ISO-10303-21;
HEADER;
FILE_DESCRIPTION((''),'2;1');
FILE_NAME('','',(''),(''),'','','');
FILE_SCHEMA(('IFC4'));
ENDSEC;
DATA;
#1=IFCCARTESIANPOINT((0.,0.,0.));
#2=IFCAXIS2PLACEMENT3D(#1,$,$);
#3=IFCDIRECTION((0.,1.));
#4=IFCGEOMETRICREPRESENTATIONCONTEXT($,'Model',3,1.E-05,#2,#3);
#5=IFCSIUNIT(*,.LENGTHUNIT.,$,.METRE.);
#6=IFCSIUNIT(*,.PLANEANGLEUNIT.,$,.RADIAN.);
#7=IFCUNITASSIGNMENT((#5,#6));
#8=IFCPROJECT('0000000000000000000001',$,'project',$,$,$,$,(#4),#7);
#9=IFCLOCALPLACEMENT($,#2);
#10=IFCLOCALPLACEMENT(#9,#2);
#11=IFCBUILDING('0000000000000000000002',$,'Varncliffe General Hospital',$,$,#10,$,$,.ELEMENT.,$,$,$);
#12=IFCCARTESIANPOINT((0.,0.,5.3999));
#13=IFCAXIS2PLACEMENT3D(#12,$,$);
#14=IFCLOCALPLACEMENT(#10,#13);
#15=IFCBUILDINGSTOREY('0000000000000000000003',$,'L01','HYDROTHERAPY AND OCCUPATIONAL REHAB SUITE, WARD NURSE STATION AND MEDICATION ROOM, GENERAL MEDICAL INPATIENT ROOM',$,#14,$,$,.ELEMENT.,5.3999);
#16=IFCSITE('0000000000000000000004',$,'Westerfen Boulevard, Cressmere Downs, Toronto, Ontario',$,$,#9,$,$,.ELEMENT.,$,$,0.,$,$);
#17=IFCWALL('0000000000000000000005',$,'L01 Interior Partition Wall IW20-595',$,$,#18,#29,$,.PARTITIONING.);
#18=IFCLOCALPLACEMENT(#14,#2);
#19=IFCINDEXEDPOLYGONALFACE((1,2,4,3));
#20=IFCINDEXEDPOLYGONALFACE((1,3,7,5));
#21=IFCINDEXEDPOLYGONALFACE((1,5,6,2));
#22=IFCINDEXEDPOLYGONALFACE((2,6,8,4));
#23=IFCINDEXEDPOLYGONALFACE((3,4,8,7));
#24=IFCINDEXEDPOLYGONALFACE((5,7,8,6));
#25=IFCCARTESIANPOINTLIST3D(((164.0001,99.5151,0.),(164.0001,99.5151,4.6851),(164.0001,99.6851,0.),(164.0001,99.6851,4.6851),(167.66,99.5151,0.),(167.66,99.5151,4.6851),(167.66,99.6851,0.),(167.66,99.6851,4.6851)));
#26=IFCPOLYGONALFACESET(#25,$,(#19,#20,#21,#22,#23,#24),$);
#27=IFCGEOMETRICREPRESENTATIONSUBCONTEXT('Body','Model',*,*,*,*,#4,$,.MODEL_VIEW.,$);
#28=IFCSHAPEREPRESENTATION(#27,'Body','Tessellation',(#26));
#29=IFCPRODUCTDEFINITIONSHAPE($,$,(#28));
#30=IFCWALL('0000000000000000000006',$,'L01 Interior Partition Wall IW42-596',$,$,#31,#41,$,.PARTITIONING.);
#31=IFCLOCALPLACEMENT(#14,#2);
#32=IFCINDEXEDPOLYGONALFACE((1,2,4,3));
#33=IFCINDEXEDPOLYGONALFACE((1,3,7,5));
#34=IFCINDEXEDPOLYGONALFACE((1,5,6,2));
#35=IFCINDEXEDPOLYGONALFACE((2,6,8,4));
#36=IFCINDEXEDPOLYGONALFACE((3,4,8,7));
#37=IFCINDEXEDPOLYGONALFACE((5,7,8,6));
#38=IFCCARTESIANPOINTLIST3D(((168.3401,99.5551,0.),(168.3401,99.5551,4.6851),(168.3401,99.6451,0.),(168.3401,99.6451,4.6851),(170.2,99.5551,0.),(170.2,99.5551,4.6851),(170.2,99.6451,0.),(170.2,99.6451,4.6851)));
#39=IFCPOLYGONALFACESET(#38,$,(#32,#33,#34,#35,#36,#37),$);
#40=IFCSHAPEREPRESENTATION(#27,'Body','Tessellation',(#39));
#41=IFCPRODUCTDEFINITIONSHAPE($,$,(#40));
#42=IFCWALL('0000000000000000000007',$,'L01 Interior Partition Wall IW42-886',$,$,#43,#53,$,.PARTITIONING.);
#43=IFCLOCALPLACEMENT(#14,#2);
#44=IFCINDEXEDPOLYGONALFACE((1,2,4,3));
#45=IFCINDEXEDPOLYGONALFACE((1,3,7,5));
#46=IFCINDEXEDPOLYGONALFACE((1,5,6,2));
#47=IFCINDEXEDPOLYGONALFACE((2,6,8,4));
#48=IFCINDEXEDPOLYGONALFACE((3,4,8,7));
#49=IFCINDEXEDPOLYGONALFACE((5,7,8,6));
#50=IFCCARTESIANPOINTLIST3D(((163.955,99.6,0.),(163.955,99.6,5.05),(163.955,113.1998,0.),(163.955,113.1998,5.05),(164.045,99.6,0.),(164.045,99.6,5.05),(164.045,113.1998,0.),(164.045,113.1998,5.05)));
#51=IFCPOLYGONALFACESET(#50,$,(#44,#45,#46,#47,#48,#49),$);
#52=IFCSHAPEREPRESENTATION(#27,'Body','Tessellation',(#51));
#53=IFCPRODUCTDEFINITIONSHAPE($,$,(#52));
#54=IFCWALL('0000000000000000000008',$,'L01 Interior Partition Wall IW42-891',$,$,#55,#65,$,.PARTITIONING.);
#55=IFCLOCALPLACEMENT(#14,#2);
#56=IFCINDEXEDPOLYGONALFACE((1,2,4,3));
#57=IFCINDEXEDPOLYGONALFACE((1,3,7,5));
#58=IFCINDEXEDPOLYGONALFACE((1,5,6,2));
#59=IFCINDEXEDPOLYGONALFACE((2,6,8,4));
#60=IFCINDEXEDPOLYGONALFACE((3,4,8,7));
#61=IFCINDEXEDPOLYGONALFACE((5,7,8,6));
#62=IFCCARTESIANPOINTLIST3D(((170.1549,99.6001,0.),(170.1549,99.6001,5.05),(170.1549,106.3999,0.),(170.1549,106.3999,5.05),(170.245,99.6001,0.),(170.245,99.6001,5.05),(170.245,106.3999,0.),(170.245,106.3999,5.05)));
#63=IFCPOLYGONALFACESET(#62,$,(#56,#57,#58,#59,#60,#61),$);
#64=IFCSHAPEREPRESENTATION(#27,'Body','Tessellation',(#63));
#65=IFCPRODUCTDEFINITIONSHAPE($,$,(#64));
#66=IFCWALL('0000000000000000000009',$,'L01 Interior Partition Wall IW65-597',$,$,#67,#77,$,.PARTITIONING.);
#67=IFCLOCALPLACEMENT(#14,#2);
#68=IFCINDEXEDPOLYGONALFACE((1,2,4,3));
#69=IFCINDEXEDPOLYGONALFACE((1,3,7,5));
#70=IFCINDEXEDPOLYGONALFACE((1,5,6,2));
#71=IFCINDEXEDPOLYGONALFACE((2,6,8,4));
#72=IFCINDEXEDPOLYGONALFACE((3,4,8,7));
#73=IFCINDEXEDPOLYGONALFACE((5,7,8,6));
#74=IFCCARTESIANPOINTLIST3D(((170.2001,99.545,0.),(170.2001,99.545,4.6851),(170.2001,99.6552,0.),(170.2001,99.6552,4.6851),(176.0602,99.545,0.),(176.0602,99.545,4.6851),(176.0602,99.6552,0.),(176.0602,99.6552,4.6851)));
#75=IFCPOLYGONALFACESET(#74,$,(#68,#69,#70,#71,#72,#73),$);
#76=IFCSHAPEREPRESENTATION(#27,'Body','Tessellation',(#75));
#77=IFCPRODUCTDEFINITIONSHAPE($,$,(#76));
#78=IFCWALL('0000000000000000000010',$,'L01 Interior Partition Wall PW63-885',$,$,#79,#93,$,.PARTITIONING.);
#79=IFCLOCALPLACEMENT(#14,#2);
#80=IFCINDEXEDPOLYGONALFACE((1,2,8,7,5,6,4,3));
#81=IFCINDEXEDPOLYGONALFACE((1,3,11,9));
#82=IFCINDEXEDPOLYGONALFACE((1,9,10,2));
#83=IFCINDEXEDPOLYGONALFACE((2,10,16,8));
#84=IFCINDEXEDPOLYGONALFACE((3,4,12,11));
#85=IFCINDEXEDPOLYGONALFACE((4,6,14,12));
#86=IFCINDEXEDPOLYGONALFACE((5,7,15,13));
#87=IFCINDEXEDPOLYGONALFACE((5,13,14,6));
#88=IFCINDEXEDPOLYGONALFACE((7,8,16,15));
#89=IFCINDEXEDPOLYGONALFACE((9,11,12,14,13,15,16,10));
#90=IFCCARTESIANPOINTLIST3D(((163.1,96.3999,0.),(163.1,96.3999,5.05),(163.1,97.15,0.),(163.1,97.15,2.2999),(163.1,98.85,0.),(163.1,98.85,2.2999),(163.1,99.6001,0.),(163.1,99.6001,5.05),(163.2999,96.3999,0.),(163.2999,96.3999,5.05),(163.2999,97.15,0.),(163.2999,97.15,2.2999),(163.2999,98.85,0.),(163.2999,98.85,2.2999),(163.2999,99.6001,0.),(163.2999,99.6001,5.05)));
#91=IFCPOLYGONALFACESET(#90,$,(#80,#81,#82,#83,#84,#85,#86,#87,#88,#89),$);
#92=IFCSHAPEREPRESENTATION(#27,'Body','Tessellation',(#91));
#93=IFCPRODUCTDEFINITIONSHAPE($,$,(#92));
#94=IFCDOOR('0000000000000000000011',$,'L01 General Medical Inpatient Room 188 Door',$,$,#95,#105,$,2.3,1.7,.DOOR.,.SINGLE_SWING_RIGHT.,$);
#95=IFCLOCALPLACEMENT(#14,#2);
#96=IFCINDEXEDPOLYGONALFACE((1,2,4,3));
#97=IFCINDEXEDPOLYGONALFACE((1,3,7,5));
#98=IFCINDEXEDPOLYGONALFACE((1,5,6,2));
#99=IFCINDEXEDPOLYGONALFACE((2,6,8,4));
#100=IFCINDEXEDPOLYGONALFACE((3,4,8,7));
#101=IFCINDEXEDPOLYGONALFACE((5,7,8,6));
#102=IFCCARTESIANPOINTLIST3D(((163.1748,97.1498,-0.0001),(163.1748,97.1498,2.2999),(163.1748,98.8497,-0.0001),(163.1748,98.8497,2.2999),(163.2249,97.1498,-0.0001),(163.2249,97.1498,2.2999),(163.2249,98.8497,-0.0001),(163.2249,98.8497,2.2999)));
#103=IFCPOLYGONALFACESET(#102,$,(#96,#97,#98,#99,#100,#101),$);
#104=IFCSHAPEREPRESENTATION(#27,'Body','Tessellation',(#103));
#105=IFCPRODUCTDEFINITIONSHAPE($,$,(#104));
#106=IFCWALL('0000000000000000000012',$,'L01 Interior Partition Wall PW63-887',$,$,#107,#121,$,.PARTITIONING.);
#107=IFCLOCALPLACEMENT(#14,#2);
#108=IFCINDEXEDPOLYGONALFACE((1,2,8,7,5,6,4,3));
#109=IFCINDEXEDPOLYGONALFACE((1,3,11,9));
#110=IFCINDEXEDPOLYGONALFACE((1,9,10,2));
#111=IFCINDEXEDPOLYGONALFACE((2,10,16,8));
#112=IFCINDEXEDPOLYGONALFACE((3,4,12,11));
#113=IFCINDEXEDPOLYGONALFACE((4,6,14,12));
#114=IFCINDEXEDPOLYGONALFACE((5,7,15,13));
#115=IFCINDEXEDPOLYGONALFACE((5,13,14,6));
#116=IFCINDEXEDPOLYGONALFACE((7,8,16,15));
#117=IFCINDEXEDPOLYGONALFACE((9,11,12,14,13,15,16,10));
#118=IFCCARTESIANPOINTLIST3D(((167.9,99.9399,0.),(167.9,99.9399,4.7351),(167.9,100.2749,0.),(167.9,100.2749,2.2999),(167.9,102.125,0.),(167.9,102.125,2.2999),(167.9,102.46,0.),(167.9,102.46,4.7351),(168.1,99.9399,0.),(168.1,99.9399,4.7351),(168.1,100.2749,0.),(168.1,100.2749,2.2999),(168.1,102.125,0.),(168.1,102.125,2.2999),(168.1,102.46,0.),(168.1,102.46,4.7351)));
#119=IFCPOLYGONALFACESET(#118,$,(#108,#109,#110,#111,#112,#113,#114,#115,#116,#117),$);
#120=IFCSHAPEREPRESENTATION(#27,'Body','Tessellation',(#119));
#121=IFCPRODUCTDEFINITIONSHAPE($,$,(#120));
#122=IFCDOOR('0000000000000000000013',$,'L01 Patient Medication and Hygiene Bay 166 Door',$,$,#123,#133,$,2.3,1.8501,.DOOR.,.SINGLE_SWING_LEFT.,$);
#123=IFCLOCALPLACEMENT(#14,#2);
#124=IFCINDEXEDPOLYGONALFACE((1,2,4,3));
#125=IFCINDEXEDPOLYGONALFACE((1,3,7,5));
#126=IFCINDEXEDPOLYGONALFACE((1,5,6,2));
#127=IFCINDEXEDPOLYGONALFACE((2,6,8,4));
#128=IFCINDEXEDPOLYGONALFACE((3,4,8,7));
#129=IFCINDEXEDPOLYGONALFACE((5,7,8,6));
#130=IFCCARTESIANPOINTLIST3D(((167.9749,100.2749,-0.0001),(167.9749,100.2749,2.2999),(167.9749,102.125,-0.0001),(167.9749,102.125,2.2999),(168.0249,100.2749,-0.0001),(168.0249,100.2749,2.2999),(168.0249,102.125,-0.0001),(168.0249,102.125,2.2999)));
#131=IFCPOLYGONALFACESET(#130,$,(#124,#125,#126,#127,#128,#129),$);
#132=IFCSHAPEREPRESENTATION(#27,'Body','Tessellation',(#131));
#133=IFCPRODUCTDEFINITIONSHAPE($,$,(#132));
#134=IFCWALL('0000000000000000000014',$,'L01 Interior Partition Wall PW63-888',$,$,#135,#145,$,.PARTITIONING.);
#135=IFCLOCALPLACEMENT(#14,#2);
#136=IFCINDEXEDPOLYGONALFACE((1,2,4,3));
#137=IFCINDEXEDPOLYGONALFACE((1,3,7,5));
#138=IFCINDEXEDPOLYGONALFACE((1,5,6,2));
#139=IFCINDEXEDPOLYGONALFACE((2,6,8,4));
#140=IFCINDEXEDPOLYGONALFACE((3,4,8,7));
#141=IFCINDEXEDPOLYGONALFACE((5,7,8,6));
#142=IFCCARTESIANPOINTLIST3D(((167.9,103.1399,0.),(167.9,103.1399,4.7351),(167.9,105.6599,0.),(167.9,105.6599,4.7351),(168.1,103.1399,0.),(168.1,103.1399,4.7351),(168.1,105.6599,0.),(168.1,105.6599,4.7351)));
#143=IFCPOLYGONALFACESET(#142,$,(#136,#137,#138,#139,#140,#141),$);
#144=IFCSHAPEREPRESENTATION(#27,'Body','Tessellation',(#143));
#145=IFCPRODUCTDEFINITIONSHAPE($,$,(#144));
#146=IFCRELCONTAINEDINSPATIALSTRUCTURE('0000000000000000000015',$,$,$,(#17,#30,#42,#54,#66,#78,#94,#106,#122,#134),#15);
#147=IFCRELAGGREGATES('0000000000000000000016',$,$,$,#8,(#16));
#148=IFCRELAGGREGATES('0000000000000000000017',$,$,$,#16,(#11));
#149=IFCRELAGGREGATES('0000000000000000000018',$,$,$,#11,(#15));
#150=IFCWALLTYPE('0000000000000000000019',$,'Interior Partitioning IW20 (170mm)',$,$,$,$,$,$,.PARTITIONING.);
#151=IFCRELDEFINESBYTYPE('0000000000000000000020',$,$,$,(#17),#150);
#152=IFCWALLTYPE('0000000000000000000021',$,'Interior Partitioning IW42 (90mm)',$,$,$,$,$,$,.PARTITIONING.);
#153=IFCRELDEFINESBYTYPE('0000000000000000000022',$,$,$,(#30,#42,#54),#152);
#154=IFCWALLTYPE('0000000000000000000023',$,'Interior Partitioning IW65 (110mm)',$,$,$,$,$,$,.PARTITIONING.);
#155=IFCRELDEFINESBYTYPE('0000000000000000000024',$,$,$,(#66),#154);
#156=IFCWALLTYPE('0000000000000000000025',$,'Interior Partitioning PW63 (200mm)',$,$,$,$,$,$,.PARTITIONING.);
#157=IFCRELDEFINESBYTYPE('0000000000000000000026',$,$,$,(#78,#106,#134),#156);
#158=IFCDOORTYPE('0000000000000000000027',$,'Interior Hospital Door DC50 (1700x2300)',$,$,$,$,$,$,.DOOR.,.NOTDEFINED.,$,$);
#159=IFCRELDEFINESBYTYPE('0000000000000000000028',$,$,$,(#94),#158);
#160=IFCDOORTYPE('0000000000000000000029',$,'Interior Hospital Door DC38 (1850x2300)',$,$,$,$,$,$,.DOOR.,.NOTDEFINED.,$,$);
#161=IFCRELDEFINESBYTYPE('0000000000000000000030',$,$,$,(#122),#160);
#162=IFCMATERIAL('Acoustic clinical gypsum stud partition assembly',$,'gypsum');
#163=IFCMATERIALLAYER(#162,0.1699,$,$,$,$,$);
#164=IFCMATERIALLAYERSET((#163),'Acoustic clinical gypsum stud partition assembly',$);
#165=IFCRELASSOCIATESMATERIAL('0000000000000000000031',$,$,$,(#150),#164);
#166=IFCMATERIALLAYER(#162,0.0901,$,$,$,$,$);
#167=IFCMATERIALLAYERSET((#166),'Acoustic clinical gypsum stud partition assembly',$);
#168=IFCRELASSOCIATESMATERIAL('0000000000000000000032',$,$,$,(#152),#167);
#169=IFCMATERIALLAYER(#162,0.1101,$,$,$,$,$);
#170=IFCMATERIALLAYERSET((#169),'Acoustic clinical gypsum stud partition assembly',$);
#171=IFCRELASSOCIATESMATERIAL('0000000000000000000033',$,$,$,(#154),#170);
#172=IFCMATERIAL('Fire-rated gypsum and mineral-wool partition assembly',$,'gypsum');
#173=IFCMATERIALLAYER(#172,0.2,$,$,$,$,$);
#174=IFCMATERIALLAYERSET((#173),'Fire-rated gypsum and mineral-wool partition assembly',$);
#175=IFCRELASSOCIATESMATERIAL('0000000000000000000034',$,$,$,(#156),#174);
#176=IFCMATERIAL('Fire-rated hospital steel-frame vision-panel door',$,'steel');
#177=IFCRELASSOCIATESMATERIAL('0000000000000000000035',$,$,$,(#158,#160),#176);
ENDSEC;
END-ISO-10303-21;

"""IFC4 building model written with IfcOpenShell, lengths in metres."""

from ifc_helpers import new_model, si_unit, direction, frame, frame_2d, origin, place, context, subcontext, project, spatial, rectangle, extrude, material, layer, layer_set, type_object, element, fill, save


model = new_model("IFC4")

# Units and contexts
model_context = context("Model", 3, precision=1e-05, world=origin(), true_north=direction((0.0, 1.0)))
body_context = subcontext(model_context, "Body", "Model", "MODEL_VIEW")
ifc_project = project(units=[si_unit("LENGTHUNIT", "METRE"), si_unit("PLANEANGLEUNIT", "RADIAN")], contexts=[model_context])

# Site, building, storey
site_placement = place(None, origin())
site = spatial("IfcSite", under=ifc_project, at=site_placement, Name="Westerfen Boulevard, Cressmere Downs, Toronto, Ontario", CompositionType="ELEMENT", RefElevation=0.0)
building_placement = place(site_placement, origin())
building = spatial("IfcBuilding", under=site, at=building_placement, Name="Varncliffe General Hospital", CompositionType="ELEMENT")
storey_placement = place(building_placement, frame((0.0, 0.0, 5.3999)))
storey = spatial("IfcBuildingStorey", under=building, at=storey_placement, Name="L01", Description="HYDROTHERAPY AND OCCUPATIONAL REHAB SUITE, WARD NURSE STATION AND MEDICATION ROOM, GENERAL MEDICAL INPATIENT ROOM", CompositionType="ELEMENT", Elevation=5.3999)

# Walls
ifc_material_1 = material(Name="Acoustic clinical gypsum stud partition assembly", Category="gypsum")
ifc_layer_1 = layer(ifc_material_1, 0.1699)
ifc_layer_set_1 = layer_set([ifc_layer_1], Name="Acoustic clinical gypsum stud partition assembly")
wall_type_1 = type_object("IfcWallType", Name="Interior Partitioning IW20 (170mm)", PredefinedType="PARTITIONING", material=ifc_layer_set_1)
wall_1_placement = place(storey_placement, frame((164.0, 99.6001, 0.0), z_axis=(0.0, 0.0, 1.0), x_axis=(1.0, 0.0, 0.0)))
element("IfcWall", 1, at=wall_1_placement, inside=storey, type_object=wall_type_1, Name="L01 Interior Partition Wall IW20-595", PredefinedType="PARTITIONING", context=body_context, shape_type="SweptSolid", body=[
    extrude(rectangle(XDim=3.6599, YDim=0.1699, at=frame_2d((1.8301, 0.0))), origin(), (0.0, 0.0, 1.0), 4.6851),
])
ifc_layer_2 = layer(ifc_material_1, 0.0901)
ifc_layer_set_2 = layer_set([ifc_layer_2], Name="Acoustic clinical gypsum stud partition assembly")
wall_type_2 = type_object("IfcWallType", Name="Interior Partitioning IW42 (90mm)", PredefinedType="PARTITIONING", material=ifc_layer_set_2)
wall_2_placement = place(storey_placement, frame((168.3401, 99.6001, 0.0), z_axis=(0.0, 0.0, 1.0), x_axis=(1.0, 0.0, 0.0)))
element("IfcWall", 2, at=wall_2_placement, inside=storey, type_object=wall_type_2, Name="L01 Interior Partition Wall IW42-596", PredefinedType="PARTITIONING", context=body_context, shape_type="SweptSolid", body=[
    extrude(rectangle(XDim=1.8599, YDim=0.0901, at=frame_2d((0.9299, 0.0))), origin(), (0.0, 0.0, 1.0), 4.6851),
])
wall_3_placement = place(storey_placement, frame((164.0, 99.6001, 0.0), z_axis=(0.0, 0.0, 1.0), x_axis=(0.0, 1.0, 0.0)))
element("IfcWall", 3, at=wall_3_placement, inside=storey, type_object=wall_type_2, Name="L01 Interior Partition Wall IW42-886", PredefinedType="PARTITIONING", context=body_context, shape_type="SweptSolid", body=[
    extrude(rectangle(XDim=13.5999, YDim=0.0901, at=frame_2d((6.7998, 0.0))), origin(), (0.0, 0.0, 1.0), 5.05),
])
wall_4_placement = place(storey_placement, frame((170.2, 99.6001, 0.0), z_axis=(0.0, 0.0, 1.0), x_axis=(0.0, 1.0, 0.0)))
element("IfcWall", 4, at=wall_4_placement, inside=storey, type_object=wall_type_2, Name="L01 Interior Partition Wall IW42-891", PredefinedType="PARTITIONING", context=body_context, shape_type="SweptSolid", body=[
    extrude(rectangle(XDim=6.7998, YDim=0.0901, at=frame_2d((3.3999, 0.0))), origin(), (0.0, 0.0, 1.0), 5.05),
])
ifc_layer_3 = layer(ifc_material_1, 0.1101)
ifc_layer_set_3 = layer_set([ifc_layer_3], Name="Acoustic clinical gypsum stud partition assembly")
wall_type_3 = type_object("IfcWallType", Name="Interior Partitioning IW65 (110mm)", PredefinedType="PARTITIONING", material=ifc_layer_set_3)
wall_5_placement = place(storey_placement, frame((170.2, 99.6001, 0.0), z_axis=(0.0, 0.0, 1.0), x_axis=(1.0, 0.0, 0.0)))
element("IfcWall", 5, at=wall_5_placement, inside=storey, type_object=wall_type_3, Name="L01 Interior Partition Wall IW65-597", PredefinedType="PARTITIONING", context=body_context, shape_type="SweptSolid", body=[
    extrude(rectangle(XDim=5.8601, YDim=0.1101, at=frame_2d((2.9302, 0.0))), origin(), (0.0, 0.0, 1.0), 4.6851),
])

# Walls, openings, doors
ifc_material_2 = material(Name="Fire-rated gypsum and mineral-wool partition assembly", Category="gypsum")
ifc_layer_4 = layer(ifc_material_2, 0.2)
ifc_layer_set_4 = layer_set([ifc_layer_4], Name="Fire-rated gypsum and mineral-wool partition assembly")
wall_type_4 = type_object("IfcWallType", Name="Interior Partitioning PW63 (200mm)", PredefinedType="PARTITIONING", material=ifc_layer_set_4)
wall_6_placement = place(storey_placement, frame((163.2, 96.3999, 0.0), z_axis=(0.0, 0.0, 1.0), x_axis=(0.0, 1.0, 0.0)))
wall_6 = element("IfcWall", 6, at=wall_6_placement, inside=storey, type_object=wall_type_4, Name="L01 Interior Partition Wall PW63-885", PredefinedType="PARTITIONING", context=body_context, shape_type="SweptSolid", body=[
    extrude(rectangle(XDim=3.2002, YDim=0.2, at=frame_2d((1.6001, 0.0))), origin(), (0.0, 0.0, 1.0), 5.05),
])
opening_1_placement = place(wall_6_placement, frame((0.75, 0.0, 0.0)))
opening_1 = element("IfcOpeningElement", 7, at=opening_1_placement, cuts=wall_6, PredefinedType="OPENING", context=body_context, shape_type="SweptSolid", body=[
    extrude(rectangle(XDim=1.7, YDim=2.3, at=frame_2d((0.8501, 1.1499))), frame((0.0, 0.1099, 0.0), z_axis=(0.0, -1.0, 0.0), x_axis=(1.0, 0.0, 0.0)), (0.0, 0.0, 1.0), 0.22),
])
ifc_material_3 = material(Name="Fire-rated hospital steel-frame vision-panel door", Category="steel")
door_type_1 = type_object("IfcDoorType", Name="Interior Hospital Door DC50 (1700x2300)", OperationType="NOTDEFINED", PredefinedType="DOOR", material=ifc_material_3)
door_1_placement = place(opening_1_placement, frame((1.7, 0.0, 0.0), z_axis=(0.0, 0.0, 1.0), x_axis=(-1.0, 0.0, 0.0)))
door_1 = element("IfcDoor", 8, at=door_1_placement, inside=storey, type_object=door_type_1, Name="L01 General Medical Inpatient Room 188 Door", OperationType="SINGLE_SWING_RIGHT", OverallHeight=2.3, OverallWidth=1.7, PredefinedType="DOOR", context=body_context, shape_type="SweptSolid", body=[
    extrude(rectangle(XDim=1.7, YDim=2.3, at=frame_2d((0.8501, 1.1499))), frame((0.0, 0.0249, 0.0), z_axis=(0.0, -1.0, 0.0), x_axis=(1.0, 0.0, 0.0)), (0.0, 0.0, 1.0), 0.05),
])
fill(opening_1, door_1)
wall_7_placement = place(storey_placement, frame((168.0, 99.9399, 0.0), z_axis=(0.0, 0.0, 1.0), x_axis=(0.0, 1.0, 0.0)))
wall_7 = element("IfcWall", 9, at=wall_7_placement, inside=storey, type_object=wall_type_4, Name="L01 Interior Partition Wall PW63-887", PredefinedType="PARTITIONING", context=body_context, shape_type="SweptSolid", body=[
    extrude(rectangle(XDim=2.52, YDim=0.2, at=frame_2d((1.26, 0.0))), origin(), (0.0, 0.0, 1.0), 4.7351),
])
opening_2_placement = place(wall_7_placement, frame((0.335, 0.0, 0.0)))
opening_2 = element("IfcOpeningElement", 10, at=opening_2_placement, cuts=wall_7, PredefinedType="OPENING", context=body_context, shape_type="SweptSolid", body=[
    extrude(rectangle(XDim=1.8501, YDim=2.3, at=frame_2d((0.925, 1.1499))), frame((0.0, 0.1099, 0.0), z_axis=(0.0, -1.0, 0.0), x_axis=(1.0, 0.0, 0.0)), (0.0, 0.0, 1.0), 0.22),
])
door_type_2 = type_object("IfcDoorType", Name="Interior Hospital Door DC38 (1850x2300)", OperationType="NOTDEFINED", PredefinedType="DOOR", material=ifc_material_3)
door_2_placement = place(opening_2_placement, frame((1.8501, 0.0, 0.0), z_axis=(0.0, 0.0, 1.0), x_axis=(-1.0, 0.0, 0.0)))
door_2 = element("IfcDoor", 11, at=door_2_placement, inside=storey, type_object=door_type_2, Name="L01 Patient Medication and Hygiene Bay 166 Door", OperationType="SINGLE_SWING_LEFT", OverallHeight=2.3, OverallWidth=1.8501, PredefinedType="DOOR", context=body_context, shape_type="SweptSolid", body=[
    extrude(rectangle(XDim=1.8501, YDim=2.3, at=frame_2d((0.925, 1.1499))), frame((0.0, 0.0249, 0.0), z_axis=(0.0, -1.0, 0.0), x_axis=(1.0, 0.0, 0.0)), (0.0, 0.0, 1.0), 0.05),
])
fill(opening_2, door_2)

# Wall
wall_8_placement = place(storey_placement, frame((168.0, 103.1399, 0.0), z_axis=(0.0, 0.0, 1.0), x_axis=(0.0, 1.0, 0.0)))
element("IfcWall", 12, at=wall_8_placement, inside=storey, type_object=wall_type_4, Name="L01 Interior Partition Wall PW63-888", PredefinedType="PARTITIONING", context=body_context, shape_type="SweptSolid", body=[
    extrude(rectangle(XDim=2.52, YDim=0.2, at=frame_2d((1.26, 0.0))), origin(), (0.0, 0.0, 1.0), 4.7351),
])

save(model, "model.ifc")
